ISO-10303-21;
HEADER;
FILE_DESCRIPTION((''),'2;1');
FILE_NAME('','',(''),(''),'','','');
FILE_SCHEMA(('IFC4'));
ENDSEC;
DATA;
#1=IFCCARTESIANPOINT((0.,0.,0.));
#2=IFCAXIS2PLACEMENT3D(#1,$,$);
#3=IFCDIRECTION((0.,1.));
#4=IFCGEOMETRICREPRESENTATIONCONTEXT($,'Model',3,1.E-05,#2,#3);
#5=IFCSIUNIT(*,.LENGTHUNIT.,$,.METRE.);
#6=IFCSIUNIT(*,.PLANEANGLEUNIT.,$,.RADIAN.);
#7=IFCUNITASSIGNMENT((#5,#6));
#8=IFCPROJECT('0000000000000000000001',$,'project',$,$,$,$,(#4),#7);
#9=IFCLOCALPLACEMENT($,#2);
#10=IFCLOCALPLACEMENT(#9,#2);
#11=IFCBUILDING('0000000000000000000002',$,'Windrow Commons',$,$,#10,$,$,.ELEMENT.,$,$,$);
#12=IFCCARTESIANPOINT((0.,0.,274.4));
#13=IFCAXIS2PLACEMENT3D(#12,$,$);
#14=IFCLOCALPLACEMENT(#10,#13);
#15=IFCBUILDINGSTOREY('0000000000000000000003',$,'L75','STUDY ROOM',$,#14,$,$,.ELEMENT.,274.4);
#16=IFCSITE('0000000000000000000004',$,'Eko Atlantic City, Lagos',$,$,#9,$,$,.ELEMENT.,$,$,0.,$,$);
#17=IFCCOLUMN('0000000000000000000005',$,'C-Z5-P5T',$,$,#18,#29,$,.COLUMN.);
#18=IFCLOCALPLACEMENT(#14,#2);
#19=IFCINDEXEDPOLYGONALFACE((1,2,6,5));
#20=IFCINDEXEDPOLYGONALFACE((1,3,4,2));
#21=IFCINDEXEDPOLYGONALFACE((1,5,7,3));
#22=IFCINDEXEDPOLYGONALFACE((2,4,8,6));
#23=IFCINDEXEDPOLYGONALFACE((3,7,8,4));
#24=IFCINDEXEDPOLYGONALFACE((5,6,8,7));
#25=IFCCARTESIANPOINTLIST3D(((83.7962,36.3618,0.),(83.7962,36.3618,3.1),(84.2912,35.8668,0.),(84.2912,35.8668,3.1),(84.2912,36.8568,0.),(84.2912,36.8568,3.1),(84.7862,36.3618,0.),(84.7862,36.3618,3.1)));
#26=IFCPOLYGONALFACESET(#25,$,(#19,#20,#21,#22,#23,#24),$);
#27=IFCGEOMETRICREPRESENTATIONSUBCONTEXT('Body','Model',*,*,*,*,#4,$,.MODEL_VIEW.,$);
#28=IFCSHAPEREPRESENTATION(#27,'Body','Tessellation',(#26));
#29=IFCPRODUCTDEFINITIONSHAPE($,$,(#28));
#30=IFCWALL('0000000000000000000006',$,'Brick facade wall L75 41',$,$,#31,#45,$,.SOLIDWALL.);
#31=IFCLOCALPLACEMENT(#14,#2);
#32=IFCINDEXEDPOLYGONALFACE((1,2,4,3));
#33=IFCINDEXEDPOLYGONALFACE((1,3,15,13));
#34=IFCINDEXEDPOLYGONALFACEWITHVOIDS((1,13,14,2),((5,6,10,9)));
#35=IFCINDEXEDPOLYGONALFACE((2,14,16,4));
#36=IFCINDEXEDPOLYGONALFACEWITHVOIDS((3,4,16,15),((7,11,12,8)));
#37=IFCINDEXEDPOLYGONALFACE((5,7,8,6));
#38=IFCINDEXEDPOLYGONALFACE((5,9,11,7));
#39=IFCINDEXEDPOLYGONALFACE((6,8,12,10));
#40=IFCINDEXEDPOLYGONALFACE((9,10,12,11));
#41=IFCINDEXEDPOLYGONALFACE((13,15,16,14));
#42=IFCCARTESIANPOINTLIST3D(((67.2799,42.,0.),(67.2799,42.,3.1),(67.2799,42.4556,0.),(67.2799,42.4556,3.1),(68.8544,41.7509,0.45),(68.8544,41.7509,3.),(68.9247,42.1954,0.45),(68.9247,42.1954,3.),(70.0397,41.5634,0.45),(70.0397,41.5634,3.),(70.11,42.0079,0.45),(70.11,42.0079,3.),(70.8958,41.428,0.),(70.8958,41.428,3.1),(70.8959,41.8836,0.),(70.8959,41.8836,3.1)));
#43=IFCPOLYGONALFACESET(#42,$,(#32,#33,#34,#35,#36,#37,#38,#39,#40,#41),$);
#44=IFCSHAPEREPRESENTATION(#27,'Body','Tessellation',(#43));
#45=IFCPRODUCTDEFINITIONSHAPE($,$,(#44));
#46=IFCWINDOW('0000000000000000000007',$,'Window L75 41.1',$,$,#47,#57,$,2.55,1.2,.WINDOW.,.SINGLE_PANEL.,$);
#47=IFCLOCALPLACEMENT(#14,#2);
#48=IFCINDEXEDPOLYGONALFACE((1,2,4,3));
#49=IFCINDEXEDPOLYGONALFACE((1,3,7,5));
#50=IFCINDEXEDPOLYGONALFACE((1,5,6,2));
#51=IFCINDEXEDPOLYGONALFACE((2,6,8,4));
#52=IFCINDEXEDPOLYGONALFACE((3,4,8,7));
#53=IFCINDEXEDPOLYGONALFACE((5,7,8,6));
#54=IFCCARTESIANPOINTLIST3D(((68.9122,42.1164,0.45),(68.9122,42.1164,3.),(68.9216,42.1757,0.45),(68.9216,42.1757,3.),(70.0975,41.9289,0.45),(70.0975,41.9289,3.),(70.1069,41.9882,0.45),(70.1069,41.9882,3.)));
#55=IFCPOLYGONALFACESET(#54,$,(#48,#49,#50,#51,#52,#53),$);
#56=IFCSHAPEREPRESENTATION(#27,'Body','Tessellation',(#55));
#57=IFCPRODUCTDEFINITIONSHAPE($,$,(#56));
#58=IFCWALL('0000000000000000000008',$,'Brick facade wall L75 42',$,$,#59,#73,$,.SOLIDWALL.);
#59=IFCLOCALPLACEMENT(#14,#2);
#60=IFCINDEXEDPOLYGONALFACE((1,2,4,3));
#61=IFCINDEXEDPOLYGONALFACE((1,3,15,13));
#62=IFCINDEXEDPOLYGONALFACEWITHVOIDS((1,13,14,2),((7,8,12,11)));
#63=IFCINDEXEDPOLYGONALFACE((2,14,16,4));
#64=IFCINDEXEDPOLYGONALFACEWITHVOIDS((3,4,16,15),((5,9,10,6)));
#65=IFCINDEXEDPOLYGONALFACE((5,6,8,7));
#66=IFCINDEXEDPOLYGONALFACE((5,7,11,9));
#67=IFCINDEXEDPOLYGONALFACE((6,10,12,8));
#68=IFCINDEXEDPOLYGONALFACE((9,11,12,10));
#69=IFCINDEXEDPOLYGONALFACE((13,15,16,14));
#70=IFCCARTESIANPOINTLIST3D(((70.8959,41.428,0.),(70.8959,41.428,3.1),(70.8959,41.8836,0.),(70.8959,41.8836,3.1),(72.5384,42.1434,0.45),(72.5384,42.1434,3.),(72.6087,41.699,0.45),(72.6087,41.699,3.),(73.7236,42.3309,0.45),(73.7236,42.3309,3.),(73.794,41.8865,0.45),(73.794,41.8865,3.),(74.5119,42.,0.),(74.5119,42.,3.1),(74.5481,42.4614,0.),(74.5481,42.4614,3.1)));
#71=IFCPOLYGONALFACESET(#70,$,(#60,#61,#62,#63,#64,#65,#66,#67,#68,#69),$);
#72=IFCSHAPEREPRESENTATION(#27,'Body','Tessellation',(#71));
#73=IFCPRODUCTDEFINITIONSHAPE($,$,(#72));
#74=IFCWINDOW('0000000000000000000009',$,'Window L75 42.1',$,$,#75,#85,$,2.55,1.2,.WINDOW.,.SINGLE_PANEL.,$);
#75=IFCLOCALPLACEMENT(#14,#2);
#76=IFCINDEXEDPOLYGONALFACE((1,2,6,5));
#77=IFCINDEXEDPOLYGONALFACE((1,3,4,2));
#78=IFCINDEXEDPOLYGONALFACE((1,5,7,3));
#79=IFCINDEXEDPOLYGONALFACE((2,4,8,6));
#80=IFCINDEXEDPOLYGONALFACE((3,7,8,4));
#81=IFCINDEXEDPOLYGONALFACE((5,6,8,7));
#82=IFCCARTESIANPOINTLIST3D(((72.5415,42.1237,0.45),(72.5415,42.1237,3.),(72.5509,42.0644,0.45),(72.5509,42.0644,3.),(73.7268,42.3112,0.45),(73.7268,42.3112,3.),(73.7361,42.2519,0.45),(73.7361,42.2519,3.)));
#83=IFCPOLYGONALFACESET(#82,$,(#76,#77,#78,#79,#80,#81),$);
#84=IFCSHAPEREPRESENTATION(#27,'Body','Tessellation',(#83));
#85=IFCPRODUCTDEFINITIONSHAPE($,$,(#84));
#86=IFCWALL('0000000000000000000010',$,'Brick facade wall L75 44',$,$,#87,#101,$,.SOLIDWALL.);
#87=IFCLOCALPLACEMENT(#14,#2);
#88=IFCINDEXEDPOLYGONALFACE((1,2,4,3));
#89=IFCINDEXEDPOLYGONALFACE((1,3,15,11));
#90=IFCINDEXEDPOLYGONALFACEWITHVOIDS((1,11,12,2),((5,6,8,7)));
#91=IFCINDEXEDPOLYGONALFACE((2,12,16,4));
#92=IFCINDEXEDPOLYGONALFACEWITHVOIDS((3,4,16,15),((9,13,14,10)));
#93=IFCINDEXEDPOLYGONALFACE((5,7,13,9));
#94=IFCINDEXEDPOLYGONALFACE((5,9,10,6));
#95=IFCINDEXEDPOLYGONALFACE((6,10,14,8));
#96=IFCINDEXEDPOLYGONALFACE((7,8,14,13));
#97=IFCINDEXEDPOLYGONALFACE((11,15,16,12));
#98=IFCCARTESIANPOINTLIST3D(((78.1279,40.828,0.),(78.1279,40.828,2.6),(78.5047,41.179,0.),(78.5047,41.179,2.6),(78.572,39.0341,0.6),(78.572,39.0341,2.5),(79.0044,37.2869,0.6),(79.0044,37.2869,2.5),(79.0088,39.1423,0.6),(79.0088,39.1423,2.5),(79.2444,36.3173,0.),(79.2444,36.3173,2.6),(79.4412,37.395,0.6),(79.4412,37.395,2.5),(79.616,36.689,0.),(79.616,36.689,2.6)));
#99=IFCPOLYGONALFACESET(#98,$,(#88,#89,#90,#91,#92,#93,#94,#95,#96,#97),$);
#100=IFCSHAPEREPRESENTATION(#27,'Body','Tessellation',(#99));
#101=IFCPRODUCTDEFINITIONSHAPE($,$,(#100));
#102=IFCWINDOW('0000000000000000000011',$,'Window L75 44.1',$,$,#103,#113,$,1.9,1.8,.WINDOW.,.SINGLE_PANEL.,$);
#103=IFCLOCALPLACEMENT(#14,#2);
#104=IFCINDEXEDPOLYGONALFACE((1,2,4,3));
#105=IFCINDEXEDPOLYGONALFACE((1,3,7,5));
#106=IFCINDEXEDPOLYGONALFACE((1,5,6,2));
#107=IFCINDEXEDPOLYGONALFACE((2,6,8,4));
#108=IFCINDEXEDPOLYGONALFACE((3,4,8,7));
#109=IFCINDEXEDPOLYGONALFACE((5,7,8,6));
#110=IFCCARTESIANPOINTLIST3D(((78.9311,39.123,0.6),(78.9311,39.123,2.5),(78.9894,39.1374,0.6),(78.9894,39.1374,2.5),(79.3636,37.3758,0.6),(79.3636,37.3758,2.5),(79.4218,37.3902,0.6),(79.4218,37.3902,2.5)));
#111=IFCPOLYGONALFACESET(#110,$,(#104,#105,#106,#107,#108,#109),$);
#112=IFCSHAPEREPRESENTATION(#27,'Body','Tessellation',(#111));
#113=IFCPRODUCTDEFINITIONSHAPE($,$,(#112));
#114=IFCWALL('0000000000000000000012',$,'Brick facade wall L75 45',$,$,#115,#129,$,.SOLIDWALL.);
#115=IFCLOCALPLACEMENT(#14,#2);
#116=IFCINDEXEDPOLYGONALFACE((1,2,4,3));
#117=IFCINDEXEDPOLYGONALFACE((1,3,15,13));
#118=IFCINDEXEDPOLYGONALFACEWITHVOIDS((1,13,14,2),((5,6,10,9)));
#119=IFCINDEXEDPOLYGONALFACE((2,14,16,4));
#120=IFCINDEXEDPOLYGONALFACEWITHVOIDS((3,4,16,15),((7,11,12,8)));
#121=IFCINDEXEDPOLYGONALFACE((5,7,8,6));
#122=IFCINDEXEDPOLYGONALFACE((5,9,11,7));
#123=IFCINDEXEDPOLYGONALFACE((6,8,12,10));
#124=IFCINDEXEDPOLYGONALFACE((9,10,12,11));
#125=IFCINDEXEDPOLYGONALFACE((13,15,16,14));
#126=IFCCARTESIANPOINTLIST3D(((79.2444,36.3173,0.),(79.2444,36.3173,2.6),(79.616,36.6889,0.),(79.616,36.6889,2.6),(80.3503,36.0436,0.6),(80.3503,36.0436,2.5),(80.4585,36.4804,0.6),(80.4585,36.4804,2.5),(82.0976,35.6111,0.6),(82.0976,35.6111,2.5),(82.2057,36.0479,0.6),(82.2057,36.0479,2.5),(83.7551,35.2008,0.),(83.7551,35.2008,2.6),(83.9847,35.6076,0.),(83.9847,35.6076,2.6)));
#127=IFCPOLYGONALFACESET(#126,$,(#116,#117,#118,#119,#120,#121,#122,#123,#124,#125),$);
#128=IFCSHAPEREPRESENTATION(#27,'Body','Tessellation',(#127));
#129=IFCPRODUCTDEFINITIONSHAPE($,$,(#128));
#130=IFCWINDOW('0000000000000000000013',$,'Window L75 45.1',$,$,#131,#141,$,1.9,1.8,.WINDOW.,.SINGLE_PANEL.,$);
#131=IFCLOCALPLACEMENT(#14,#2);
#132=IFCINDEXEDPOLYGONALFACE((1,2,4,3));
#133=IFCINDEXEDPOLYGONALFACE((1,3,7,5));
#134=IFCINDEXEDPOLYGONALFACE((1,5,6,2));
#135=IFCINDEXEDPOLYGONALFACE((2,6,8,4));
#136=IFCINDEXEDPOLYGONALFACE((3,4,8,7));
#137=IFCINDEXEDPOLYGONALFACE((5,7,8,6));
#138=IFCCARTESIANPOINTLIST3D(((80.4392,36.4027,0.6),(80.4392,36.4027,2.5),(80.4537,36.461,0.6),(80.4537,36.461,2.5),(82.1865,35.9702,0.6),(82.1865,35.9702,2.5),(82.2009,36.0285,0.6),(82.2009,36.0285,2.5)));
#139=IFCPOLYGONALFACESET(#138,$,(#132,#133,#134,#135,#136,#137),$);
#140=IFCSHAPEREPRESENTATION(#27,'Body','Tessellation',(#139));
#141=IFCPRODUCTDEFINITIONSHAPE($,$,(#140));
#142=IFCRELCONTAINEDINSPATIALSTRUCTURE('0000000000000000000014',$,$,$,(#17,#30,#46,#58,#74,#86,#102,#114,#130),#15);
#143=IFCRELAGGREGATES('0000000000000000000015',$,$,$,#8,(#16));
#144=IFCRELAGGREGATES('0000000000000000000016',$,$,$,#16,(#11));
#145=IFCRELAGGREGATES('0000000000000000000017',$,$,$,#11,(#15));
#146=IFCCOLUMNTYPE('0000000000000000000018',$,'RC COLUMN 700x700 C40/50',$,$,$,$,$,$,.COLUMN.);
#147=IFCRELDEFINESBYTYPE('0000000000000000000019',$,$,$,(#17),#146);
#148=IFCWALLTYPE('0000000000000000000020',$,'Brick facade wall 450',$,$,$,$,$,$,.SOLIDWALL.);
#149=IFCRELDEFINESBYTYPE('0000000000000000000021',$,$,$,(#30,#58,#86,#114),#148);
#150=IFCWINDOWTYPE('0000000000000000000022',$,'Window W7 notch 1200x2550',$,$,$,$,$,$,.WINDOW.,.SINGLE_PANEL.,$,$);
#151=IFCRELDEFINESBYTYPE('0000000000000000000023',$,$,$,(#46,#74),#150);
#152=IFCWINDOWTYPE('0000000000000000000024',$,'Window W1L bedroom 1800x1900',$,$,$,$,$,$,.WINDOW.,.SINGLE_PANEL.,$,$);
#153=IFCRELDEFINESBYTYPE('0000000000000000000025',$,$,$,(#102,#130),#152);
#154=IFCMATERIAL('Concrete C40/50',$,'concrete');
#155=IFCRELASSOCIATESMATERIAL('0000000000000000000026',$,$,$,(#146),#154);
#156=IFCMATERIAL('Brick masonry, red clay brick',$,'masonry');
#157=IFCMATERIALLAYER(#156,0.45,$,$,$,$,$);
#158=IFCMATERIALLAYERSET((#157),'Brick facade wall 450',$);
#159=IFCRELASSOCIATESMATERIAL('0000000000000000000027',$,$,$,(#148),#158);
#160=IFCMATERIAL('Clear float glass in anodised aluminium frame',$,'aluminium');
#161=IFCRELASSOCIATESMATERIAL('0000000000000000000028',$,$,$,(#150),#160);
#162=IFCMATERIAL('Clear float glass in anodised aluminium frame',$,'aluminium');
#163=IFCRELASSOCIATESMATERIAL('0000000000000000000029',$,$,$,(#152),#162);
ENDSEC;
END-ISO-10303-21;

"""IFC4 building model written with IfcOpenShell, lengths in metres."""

from ifc_helpers import new_model, si_unit, direction, frame, frame_2d, origin, origin_2d, place, context, subcontext, project, spatial, polyline, rectangle, outline, extrude, material, layer, layer_set, material_profile, profile_set, type_object, element, fill, save


model = new_model("IFC4")

# Units and contexts
model_context = context("Model", 3, precision=1e-05, world=origin(), true_north=direction((0.0, 1.0)))
body_context = subcontext(model_context, "Body", "Model", "MODEL_VIEW")
ifc_project = project(units=[si_unit("LENGTHUNIT", "METRE"), si_unit("PLANEANGLEUNIT", "RADIAN")], contexts=[model_context])

# Site, building, storey
site_placement = place(None, origin())
site = spatial("IfcSite", under=ifc_project, at=site_placement, Name="Eko Atlantic City, Lagos", CompositionType="ELEMENT", RefElevation=0.0)
building_placement = place(site_placement, origin())
building = spatial("IfcBuilding", under=site, at=building_placement, Name="Windrow Commons", CompositionType="ELEMENT")
storey_placement = place(building_placement, frame((0.0, 0.0, 274.4)))
storey = spatial("IfcBuildingStorey", under=building, at=storey_placement, Name="L75", Description="STUDY ROOM", CompositionType="ELEMENT", Elevation=274.4)

# Column
ifc_material_1 = material(Name="Concrete C40/50", Category="concrete")
ifc_material_profile = material_profile(ifc_material_1, rectangle(XDim=0.7, YDim=0.7, at=origin_2d()))
ifc_profile_set = profile_set([ifc_material_profile], Name="Concrete C40/50")
column_type = type_object("IfcColumnType", Name="RC COLUMN 700x700 C40/50", PredefinedType="COLUMN", material=ifc_profile_set)
column_placement = place(storey_placement, frame((84.2912, 36.3618, 0.0), z_axis=(0.0, 0.0, 1.0), x_axis=(0.707107, -0.707107, 0.0)))
element("IfcColumn", 1, at=column_placement, inside=storey, type_object=column_type, Name="C-Z5-P5T", PredefinedType="COLUMN", context=body_context, shape_type="SweptSolid", body=[
    extrude(rectangle(XDim=0.7, YDim=0.7, at=origin_2d()), origin(), (0.0, 0.0, 1.0), 3.1),
])

# Walls, openings, windows
ifc_material_2 = material(Name="Brick masonry, red clay brick", Category="masonry")
ifc_layer_1 = layer(ifc_material_2, 0.45)
ifc_layer_set_1 = layer_set([ifc_layer_1], Name="Brick facade wall 450")
wall_type_1 = type_object("IfcWallType", Name="Brick facade wall 450", PredefinedType="SOLIDWALL", material=ifc_layer_set_1)
wall_1_placement = place(storey_placement, frame((67.2799, 42.2278, 0.0), z_axis=(0.0, 0.0, 1.0), x_axis=(0.987719, -0.156243, 0.0)))
wall_1 = element("IfcWall", 2, at=wall_1_placement, inside=storey, type_object=wall_type_1, Name="Brick facade wall L75 41", PredefinedType="SOLIDWALL", context=body_context, shape_type="SweptSolid", body=[
    extrude(outline(polyline([(0.0356, -0.225), (3.6965, -0.225), (3.6254, 0.225), (-0.0356, 0.225), (0.0356, -0.225)])), origin(), (0.0, 0.0, 1.0), 3.1),
])
opening_1_placement = place(wall_1_placement, frame((1.6297, 0.0, 0.45)))
opening_1 = element("IfcOpeningElement", 3, at=opening_1_placement, cuts=wall_1, PredefinedType="OPENING", context=body_context, shape_type="SweptSolid", body=[
    extrude(rectangle(XDim=1.2, YDim=2.55, at=frame_2d((0.6, 1.275))), frame((0.0, 0.235, 0.0), z_axis=(0.0, -1.0, 0.0), x_axis=(1.0, 0.0, 0.0)), (0.0, 0.0, 1.0), 0.47),
])
ifc_material_3 = material(Name="Clear float glass in anodised aluminium frame", Category="aluminium")
window_type_1 = type_object("IfcWindowType", Name="Window W7 notch 1200x2550", PartitioningType="SINGLE_PANEL", PredefinedType="WINDOW", material=ifc_material_3)
window_1_placement = place(opening_1_placement, origin())
window_1 = element("IfcWindow", 4, at=window_1_placement, inside=storey, type_object=window_type_1, Name="Window L75 41.1", OverallHeight=2.55, OverallWidth=1.2, PartitioningType="SINGLE_PANEL", PredefinedType="WINDOW", context=body_context, shape_type="SweptSolid", body=[
    extrude(rectangle(XDim=1.2, YDim=2.55, at=frame_2d((0.6, 1.275))), frame((0.0, 0.205, 0.0), z_axis=(0.0, -1.0, 0.0), x_axis=(1.0, 0.0, 0.0)), (0.0, 0.0, 1.0), 0.06),
])
fill(opening_1, window_1)
wall_2_placement = place(storey_placement, frame((70.8959, 41.6558, 0.0), z_axis=(0.0, 0.0, 1.0), x_axis=(0.987717, 0.156253, 0.0)))
wall_2 = element("IfcWall", 5, at=wall_2_placement, inside=storey, type_object=wall_type_1, Name="Brick facade wall L75 42", PredefinedType="SOLIDWALL", context=body_context, shape_type="SweptSolid", body=[
    extrude(outline(polyline([(-0.0356, -0.225), (3.6254, -0.225), (3.7332, 0.225), (0.0356, 0.225), (-0.0356, -0.225)])), origin(), (0.0, 0.0, 1.0), 3.1),
])
opening_2_placement = place(wall_2_placement, frame((1.6985, 0.0, 0.45)))
opening_2 = element("IfcOpeningElement", 6, at=opening_2_placement, cuts=wall_2, PredefinedType="OPENING", context=body_context, shape_type="SweptSolid", body=[
    extrude(rectangle(XDim=1.2, YDim=2.55, at=frame_2d((0.6, 1.275))), frame((0.0, 0.235, 0.0), z_axis=(0.0, -1.0, 0.0), x_axis=(1.0, 0.0, 0.0)), (0.0, 0.0, 1.0), 0.47),
])
window_2_placement = place(opening_2_placement, origin())
window_2 = element("IfcWindow", 7, at=window_2_placement, inside=storey, type_object=window_type_1, Name="Window L75 42.1", OverallHeight=2.55, OverallWidth=1.2, PartitioningType="SINGLE_PANEL", PredefinedType="WINDOW", context=body_context, shape_type="SweptSolid", body=[
    extrude(rectangle(XDim=1.2, YDim=2.55, at=frame_2d((0.6, 1.275))), frame((0.0, 0.205, 0.0), z_axis=(0.0, -1.0, 0.0), x_axis=(1.0, 0.0, 0.0)), (0.0, 0.0, 1.0), 0.06),
])
fill(opening_2, window_2)
wall_3_placement = place(storey_placement, frame((78.3163, 41.0035, 0.0), z_axis=(0.0, 0.0, 1.0), x_axis=(0.240261, -0.970708, 0.0)))
wall_3 = element("IfcWall", 8, at=wall_3_placement, inside=storey, type_object=wall_type_1, Name="Brick facade wall L75 44", PredefinedType="SOLIDWALL", context=body_context, shape_type="SweptSolid", body=[
    extrude(outline(polyline([(0.1251, -0.225), (4.7719, -0.225), (4.5004, 0.225), (-0.1251, 0.225), (0.1251, -0.225)])), origin(), (0.0, 0.0, 1.0), 2.6),
])
opening_3_placement = place(wall_3_placement, frame((1.9731, 0.0, 0.6)))
opening_3 = element("IfcOpeningElement", 9, at=opening_3_placement, cuts=wall_3, PredefinedType="OPENING", context=body_context, shape_type="SweptSolid", body=[
    extrude(rectangle(XDim=1.8, YDim=1.9, at=frame_2d((0.9, 0.95))), frame((0.0, 0.235, 0.0), z_axis=(0.0, -1.0, 0.0), x_axis=(1.0, 0.0, 0.0)), (0.0, 0.0, 1.0), 0.47),
])
ifc_material_4 = material(Name="Clear float glass in anodised aluminium frame", Category="aluminium")
window_type_2 = type_object("IfcWindowType", Name="Window W1L bedroom 1800x1900", PartitioningType="SINGLE_PANEL", PredefinedType="WINDOW", material=ifc_material_4)
window_3_placement = place(opening_3_placement, origin())
window_3 = element("IfcWindow", 10, at=window_3_placement, inside=storey, type_object=window_type_2, Name="Window L75 44.1", OverallHeight=1.9, OverallWidth=1.8, PartitioningType="SINGLE_PANEL", PredefinedType="WINDOW", context=body_context, shape_type="SweptSolid", body=[
    extrude(rectangle(XDim=1.8, YDim=1.9, at=frame_2d((0.9, 0.95))), frame((0.0, 0.205, 0.0), z_axis=(0.0, -1.0, 0.0), x_axis=(1.0, 0.0, 0.0)), (0.0, 0.0, 1.0), 0.06),
])
fill(opening_3, window_3)
wall_4_placement = place(storey_placement, frame((79.4302, 36.5031, 0.0), z_axis=(0.0, 0.0, 1.0), x_axis=(0.970707, -0.240266, 0.0)))
wall_4 = element("IfcWall", 11, at=wall_4_placement, inside=storey, type_object=wall_type_1, Name="Brick facade wall L75 45", PredefinedType="SOLIDWALL", context=body_context, shape_type="SweptSolid", body=[
    extrude(outline(polyline([(-0.1357, -0.225), (4.5111, -0.225), (4.6363, 0.225), (0.1357, 0.225), (-0.1357, -0.225)])), origin(), (0.0, 0.0, 1.0), 2.6),
])
opening_4_placement = place(wall_4_placement, frame((1.0036, 0.0, 0.6)))
opening_4 = element("IfcOpeningElement", 12, at=opening_4_placement, cuts=wall_4, PredefinedType="OPENING", context=body_context, shape_type="SweptSolid", body=[
    extrude(rectangle(XDim=1.8, YDim=1.9, at=frame_2d((0.9, 0.95))), frame((0.0, 0.235, 0.0), z_axis=(0.0, -1.0, 0.0), x_axis=(1.0, 0.0, 0.0)), (0.0, 0.0, 1.0), 0.47),
])
window_4_placement = place(opening_4_placement, origin())
window_4 = element("IfcWindow", 13, at=window_4_placement, inside=storey, type_object=window_type_2, Name="Window L75 45.1", OverallHeight=1.9, OverallWidth=1.8, PartitioningType="SINGLE_PANEL", PredefinedType="WINDOW", context=body_context, shape_type="SweptSolid", body=[
    extrude(rectangle(XDim=1.8, YDim=1.9, at=frame_2d((0.9, 0.95))), frame((0.0, 0.205, 0.0), z_axis=(0.0, -1.0, 0.0), x_axis=(1.0, 0.0, 0.0)), (0.0, 0.0, 1.0), 0.06),
])
fill(opening_4, window_4)

save(model, "model.ifc")
